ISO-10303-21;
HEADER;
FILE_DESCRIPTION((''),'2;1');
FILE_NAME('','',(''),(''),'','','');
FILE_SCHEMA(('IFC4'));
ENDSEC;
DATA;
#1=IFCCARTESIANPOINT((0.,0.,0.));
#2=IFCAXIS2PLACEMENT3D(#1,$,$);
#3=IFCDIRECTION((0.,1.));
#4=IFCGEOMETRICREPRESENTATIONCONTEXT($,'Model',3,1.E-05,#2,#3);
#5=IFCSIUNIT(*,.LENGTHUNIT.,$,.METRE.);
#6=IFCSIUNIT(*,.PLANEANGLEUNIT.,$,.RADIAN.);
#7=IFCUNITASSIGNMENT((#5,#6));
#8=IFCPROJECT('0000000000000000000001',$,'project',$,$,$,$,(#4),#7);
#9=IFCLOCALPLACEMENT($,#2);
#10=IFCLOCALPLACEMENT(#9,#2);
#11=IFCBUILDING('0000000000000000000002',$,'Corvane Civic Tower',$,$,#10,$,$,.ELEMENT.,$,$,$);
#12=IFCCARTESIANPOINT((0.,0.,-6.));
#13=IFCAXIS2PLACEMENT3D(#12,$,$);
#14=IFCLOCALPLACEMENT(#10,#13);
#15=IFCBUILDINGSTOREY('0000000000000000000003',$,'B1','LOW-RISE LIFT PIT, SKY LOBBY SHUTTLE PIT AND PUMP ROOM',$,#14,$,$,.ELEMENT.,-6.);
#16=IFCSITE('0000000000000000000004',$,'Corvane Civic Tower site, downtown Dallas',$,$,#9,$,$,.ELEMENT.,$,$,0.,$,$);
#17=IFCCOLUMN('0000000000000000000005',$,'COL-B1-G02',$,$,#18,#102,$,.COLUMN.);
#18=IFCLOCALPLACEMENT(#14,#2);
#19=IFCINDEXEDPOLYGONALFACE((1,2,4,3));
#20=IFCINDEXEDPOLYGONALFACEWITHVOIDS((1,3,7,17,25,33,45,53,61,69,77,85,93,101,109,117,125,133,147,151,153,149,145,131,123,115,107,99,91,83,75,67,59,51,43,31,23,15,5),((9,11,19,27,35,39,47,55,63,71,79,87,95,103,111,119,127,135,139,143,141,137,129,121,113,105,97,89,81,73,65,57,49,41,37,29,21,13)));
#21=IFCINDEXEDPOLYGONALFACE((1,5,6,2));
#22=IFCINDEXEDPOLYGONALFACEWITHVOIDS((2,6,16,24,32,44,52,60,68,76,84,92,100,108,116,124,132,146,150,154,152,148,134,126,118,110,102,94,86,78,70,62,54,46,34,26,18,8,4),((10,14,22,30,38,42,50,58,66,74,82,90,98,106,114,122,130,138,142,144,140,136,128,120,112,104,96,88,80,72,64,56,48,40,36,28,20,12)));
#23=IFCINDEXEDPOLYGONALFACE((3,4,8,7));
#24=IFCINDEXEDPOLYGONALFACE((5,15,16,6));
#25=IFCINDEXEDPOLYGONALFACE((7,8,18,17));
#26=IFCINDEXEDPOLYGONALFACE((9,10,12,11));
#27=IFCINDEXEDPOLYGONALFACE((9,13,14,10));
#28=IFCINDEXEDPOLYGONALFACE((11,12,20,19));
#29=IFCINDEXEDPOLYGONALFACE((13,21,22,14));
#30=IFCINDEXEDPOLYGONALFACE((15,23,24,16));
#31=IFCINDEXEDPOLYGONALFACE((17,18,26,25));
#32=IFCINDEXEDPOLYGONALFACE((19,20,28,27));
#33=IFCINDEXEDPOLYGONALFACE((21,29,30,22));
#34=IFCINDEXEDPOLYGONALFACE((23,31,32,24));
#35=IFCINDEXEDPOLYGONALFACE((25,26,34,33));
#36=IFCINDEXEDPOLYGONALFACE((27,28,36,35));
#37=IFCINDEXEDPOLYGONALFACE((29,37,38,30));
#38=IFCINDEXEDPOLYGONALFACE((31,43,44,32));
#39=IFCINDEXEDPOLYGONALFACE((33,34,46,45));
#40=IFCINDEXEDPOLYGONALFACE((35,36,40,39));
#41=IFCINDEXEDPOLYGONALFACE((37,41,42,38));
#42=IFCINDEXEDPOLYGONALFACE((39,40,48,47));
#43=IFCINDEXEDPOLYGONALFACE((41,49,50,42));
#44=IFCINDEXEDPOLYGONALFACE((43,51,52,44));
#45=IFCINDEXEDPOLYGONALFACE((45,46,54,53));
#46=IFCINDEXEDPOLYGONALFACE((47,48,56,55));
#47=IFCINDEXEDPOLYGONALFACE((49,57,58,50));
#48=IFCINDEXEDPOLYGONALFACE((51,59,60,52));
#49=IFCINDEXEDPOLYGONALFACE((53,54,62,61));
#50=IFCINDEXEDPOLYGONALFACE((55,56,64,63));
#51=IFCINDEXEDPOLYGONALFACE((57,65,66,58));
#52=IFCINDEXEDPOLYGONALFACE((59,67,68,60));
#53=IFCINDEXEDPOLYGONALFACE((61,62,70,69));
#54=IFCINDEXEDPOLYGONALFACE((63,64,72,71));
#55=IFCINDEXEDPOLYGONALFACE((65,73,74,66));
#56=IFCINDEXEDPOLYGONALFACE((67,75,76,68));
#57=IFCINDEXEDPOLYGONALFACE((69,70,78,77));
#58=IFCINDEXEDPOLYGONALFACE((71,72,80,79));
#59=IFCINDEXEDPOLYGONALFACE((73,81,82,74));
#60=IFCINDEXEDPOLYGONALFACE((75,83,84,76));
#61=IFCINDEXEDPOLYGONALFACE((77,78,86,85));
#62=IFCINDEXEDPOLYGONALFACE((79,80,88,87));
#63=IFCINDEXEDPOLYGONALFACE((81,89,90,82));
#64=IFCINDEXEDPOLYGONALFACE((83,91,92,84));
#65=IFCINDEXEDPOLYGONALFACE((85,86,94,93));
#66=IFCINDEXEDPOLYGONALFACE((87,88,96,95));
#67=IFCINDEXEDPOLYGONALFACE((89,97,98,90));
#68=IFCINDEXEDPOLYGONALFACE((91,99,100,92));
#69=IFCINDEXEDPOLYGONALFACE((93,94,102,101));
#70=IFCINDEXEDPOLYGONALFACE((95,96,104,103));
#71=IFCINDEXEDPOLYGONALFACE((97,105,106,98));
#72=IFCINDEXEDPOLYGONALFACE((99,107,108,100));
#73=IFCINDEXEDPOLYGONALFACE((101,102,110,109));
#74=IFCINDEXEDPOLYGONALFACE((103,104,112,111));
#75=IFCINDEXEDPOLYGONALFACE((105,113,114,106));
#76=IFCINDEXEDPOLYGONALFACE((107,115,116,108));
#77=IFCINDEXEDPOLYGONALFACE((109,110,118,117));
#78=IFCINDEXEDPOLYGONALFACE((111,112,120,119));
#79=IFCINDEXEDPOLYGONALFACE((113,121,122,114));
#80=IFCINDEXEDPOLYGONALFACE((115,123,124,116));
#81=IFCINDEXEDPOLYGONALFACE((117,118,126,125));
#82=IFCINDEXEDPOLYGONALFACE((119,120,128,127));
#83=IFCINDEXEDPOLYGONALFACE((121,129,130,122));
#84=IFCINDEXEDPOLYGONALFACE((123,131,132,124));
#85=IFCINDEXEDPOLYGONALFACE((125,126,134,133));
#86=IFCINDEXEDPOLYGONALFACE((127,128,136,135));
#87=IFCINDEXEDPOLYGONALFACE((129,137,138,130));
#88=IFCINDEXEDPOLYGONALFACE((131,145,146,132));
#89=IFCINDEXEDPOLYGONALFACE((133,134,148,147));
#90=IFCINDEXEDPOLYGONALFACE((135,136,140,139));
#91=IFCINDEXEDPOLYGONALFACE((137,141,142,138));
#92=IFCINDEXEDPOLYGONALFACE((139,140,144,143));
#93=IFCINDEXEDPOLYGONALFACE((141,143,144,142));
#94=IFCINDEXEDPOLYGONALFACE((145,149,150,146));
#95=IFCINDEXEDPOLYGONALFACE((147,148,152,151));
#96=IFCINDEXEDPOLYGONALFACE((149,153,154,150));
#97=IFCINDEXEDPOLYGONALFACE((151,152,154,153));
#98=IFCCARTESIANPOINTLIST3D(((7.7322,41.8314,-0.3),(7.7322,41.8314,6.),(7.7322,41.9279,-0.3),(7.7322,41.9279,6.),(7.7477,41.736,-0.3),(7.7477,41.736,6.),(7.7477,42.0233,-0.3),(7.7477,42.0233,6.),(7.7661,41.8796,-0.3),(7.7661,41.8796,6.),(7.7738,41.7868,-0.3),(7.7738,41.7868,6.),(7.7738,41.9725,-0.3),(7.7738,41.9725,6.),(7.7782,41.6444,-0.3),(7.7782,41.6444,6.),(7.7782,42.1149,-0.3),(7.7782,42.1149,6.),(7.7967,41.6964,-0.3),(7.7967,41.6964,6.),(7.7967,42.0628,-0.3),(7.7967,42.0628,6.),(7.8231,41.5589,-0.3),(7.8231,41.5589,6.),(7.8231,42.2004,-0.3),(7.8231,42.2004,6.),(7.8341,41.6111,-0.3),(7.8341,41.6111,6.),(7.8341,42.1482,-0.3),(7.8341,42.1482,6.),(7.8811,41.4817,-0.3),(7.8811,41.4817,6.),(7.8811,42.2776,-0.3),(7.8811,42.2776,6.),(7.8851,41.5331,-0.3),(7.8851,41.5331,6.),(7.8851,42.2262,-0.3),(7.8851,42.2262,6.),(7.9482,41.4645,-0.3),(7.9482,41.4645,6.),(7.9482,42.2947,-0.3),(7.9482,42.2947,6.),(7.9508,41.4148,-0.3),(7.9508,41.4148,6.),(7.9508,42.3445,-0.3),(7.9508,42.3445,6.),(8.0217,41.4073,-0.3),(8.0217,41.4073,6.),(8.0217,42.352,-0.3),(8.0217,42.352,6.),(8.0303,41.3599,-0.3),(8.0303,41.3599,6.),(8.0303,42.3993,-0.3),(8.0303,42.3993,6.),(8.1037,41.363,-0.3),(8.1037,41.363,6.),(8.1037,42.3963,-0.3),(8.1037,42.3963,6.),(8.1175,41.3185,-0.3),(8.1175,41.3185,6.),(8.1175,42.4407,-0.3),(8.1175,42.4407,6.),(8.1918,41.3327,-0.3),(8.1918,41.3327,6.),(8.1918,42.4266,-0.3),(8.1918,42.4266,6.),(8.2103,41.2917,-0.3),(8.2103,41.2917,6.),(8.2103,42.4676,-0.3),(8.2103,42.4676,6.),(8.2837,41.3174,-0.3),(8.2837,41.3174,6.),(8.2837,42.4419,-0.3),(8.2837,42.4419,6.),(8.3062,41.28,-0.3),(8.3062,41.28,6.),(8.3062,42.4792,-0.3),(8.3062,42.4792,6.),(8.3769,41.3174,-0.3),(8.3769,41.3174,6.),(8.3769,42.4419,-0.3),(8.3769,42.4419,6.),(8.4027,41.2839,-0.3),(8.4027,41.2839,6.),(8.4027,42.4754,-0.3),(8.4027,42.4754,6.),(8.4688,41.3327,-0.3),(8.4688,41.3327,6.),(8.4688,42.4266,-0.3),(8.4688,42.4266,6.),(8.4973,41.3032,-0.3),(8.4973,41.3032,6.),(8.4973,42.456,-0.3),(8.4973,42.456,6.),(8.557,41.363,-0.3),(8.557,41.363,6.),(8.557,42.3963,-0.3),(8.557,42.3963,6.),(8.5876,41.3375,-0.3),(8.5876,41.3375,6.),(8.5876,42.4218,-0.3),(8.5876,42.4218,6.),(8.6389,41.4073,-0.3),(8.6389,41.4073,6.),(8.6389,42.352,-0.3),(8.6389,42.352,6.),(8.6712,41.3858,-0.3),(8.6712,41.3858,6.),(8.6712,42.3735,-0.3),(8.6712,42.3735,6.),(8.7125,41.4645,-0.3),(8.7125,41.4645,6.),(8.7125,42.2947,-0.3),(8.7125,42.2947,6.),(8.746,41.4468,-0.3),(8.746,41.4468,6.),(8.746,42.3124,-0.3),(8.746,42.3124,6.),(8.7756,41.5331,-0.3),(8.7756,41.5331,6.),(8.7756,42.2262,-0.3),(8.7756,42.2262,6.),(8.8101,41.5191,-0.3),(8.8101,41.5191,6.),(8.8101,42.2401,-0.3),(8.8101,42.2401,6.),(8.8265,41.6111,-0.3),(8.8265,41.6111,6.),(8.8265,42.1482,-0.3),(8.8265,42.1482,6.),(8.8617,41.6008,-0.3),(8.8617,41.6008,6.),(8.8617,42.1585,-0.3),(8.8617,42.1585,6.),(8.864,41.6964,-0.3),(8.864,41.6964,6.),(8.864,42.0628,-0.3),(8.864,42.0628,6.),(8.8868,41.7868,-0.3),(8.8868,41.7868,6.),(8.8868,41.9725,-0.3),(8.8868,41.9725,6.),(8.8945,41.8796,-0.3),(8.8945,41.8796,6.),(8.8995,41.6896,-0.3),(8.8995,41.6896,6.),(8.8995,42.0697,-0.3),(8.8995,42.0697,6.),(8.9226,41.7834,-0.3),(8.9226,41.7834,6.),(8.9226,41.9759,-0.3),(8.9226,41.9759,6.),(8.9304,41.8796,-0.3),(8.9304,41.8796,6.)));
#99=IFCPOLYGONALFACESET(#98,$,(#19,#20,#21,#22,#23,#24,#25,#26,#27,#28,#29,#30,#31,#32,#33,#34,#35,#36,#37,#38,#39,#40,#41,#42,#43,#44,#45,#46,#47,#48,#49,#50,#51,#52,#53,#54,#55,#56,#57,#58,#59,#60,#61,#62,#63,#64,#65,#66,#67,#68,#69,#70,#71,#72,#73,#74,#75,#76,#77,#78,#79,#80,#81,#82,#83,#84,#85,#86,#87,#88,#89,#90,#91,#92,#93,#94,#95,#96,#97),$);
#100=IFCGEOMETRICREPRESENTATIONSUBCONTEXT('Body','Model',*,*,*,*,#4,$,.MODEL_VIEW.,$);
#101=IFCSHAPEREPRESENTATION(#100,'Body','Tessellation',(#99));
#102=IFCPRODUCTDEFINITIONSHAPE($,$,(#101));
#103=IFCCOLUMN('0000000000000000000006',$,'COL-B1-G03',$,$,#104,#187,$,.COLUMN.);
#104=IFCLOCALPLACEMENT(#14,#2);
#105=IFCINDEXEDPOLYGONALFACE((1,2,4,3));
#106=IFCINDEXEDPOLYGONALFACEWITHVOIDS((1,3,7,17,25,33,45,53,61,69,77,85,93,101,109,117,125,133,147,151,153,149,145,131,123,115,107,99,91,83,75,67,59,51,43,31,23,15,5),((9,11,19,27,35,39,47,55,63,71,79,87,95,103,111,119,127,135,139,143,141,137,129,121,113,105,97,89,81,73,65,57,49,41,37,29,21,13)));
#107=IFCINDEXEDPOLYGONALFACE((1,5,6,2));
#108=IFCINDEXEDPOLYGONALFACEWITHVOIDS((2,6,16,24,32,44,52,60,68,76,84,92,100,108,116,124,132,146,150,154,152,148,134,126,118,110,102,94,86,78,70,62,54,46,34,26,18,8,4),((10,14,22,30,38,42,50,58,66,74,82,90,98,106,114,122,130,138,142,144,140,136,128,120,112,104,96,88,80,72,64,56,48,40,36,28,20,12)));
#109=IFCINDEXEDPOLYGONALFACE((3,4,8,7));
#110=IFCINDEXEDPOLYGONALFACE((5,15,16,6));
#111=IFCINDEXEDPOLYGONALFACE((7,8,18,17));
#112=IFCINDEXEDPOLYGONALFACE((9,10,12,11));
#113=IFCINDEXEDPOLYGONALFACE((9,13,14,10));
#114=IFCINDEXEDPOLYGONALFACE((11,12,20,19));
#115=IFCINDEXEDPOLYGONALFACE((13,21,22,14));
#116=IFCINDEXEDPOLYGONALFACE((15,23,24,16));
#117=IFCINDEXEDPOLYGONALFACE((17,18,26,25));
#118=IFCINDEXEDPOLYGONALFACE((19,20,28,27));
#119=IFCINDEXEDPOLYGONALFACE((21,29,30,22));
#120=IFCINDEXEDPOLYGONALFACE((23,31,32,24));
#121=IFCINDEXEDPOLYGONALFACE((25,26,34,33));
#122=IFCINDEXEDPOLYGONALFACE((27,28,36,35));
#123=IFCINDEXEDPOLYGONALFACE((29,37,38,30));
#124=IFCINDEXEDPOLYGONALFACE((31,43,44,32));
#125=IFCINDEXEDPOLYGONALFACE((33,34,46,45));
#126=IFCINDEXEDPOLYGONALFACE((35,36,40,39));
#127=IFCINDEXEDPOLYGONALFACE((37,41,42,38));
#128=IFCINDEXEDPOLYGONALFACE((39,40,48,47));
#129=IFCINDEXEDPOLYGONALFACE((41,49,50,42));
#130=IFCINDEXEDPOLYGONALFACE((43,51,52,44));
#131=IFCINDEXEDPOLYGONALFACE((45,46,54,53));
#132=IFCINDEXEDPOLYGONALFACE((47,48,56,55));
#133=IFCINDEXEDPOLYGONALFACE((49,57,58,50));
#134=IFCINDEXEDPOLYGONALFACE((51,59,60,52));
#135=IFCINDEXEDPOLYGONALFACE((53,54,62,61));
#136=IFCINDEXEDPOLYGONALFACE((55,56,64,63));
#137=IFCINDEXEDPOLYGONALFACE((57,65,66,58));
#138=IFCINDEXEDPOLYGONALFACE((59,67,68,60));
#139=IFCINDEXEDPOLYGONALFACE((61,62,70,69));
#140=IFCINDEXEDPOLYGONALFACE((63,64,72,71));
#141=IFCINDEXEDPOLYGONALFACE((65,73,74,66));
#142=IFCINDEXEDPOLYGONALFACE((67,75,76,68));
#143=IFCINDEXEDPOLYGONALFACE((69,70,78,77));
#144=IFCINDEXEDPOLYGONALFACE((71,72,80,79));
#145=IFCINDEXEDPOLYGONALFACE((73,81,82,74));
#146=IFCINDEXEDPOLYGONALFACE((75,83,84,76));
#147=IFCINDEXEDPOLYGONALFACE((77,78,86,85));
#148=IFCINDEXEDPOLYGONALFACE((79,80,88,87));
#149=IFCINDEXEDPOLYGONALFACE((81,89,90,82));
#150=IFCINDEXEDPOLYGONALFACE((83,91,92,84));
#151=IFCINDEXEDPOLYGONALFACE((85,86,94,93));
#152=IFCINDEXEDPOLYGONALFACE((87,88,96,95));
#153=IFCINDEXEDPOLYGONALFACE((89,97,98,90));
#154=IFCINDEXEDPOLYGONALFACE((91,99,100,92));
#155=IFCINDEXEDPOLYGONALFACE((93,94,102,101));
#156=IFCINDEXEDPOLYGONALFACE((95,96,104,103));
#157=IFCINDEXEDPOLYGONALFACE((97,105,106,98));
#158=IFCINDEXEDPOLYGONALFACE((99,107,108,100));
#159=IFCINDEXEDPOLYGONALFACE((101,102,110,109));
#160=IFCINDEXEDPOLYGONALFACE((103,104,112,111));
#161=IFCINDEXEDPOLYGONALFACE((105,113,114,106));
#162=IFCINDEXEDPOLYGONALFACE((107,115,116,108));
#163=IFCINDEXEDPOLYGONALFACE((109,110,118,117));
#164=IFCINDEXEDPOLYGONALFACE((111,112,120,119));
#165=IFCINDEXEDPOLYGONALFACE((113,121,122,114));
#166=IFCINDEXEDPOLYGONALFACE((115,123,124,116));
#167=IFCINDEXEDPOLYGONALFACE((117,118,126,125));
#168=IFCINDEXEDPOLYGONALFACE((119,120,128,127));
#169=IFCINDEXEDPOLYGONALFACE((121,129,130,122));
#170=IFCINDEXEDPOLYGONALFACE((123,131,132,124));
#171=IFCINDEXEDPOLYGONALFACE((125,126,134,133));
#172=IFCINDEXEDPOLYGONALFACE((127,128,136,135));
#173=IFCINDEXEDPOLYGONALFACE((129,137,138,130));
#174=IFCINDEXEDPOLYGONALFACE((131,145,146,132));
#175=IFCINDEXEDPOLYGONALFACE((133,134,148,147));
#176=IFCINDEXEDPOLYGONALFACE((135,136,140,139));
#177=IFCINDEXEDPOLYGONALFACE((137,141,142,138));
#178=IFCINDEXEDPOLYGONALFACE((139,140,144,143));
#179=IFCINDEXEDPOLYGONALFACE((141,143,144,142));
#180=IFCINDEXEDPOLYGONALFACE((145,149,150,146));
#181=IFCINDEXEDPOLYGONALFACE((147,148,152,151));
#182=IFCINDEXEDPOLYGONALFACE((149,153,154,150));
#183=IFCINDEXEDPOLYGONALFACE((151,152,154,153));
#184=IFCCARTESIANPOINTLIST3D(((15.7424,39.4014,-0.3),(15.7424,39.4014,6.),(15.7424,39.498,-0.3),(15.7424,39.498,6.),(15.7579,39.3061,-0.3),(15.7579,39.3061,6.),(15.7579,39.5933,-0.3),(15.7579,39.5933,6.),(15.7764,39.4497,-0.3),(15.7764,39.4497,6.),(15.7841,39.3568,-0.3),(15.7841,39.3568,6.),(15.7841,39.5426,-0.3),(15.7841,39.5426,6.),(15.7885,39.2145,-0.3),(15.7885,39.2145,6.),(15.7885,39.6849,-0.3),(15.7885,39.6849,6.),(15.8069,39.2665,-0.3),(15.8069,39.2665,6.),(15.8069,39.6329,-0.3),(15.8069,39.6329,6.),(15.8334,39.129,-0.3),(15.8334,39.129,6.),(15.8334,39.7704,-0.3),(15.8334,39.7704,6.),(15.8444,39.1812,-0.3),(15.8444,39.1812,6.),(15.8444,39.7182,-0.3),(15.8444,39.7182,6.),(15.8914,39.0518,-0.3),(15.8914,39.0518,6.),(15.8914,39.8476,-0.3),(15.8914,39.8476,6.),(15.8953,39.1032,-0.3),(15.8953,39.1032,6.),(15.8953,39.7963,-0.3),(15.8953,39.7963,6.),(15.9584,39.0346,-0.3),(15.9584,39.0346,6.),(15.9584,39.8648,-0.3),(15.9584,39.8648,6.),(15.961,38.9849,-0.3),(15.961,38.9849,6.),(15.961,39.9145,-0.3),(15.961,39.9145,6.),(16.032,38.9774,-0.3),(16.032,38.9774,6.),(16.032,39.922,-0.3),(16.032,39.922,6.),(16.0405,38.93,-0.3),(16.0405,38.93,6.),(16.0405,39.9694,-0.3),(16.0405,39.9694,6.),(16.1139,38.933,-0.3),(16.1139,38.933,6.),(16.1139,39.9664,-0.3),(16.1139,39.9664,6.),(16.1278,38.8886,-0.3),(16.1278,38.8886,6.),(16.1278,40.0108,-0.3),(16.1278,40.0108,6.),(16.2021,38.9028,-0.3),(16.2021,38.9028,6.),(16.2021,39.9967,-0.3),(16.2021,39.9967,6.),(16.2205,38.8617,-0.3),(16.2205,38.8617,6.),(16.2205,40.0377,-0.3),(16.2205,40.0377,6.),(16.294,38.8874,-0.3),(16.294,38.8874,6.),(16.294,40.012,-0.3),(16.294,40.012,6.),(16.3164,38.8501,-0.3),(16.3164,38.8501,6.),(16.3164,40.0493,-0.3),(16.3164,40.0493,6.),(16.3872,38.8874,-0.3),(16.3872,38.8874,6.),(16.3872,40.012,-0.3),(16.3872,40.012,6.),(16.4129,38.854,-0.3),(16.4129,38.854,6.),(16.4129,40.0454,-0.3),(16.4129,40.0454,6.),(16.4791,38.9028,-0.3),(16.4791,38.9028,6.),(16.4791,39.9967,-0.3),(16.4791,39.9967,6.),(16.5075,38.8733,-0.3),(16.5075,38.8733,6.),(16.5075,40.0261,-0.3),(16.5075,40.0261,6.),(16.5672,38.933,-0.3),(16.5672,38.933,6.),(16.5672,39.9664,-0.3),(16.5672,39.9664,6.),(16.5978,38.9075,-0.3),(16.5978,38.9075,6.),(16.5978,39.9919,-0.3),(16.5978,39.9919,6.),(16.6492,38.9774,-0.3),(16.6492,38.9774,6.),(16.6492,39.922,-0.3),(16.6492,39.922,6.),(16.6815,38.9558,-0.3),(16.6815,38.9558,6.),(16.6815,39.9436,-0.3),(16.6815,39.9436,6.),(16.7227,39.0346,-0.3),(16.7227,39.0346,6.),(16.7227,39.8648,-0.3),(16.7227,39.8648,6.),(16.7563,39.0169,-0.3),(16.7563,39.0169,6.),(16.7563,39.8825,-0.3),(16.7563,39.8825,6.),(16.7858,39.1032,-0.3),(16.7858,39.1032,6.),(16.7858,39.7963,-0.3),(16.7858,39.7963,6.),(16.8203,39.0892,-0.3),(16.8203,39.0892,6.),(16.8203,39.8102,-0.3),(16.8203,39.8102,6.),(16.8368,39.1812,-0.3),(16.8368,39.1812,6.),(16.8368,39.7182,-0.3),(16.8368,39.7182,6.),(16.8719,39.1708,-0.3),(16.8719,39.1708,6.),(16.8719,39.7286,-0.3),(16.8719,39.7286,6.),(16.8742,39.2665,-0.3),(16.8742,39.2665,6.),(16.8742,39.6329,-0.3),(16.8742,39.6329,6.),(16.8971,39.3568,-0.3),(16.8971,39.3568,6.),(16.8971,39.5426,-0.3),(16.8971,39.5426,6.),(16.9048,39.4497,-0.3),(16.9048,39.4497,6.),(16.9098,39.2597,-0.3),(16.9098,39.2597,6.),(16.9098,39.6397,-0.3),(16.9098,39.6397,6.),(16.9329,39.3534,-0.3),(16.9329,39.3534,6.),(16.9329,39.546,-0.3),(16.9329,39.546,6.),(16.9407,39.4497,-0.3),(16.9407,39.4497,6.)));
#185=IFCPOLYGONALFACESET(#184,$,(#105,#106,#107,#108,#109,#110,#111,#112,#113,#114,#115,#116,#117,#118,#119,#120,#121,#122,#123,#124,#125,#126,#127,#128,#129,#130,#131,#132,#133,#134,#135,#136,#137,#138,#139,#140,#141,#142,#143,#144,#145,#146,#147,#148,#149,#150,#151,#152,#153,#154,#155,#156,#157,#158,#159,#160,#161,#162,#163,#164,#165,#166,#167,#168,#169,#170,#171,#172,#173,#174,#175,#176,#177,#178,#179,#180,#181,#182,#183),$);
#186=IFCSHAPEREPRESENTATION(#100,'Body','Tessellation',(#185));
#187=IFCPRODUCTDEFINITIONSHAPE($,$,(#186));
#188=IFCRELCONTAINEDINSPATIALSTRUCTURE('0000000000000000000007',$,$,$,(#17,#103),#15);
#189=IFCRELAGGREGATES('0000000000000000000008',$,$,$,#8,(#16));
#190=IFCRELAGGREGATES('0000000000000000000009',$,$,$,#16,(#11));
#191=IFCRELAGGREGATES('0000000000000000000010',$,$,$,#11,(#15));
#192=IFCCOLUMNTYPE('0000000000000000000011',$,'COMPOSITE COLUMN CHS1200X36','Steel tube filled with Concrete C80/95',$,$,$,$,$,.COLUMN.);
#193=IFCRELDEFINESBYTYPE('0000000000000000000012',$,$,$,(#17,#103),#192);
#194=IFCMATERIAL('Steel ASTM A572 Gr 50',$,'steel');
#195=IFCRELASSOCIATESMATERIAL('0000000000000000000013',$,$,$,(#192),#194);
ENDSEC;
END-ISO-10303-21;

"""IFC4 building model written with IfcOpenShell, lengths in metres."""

from ifc_helpers import new_model, si_unit, direction, frame, origin, origin_2d, place, context, subcontext, project, spatial, hollow_circle, extrude, material, material_profile, profile_set, type_object, element, save


model = new_model("IFC4")

# Units and contexts
model_context = context("Model", 3, precision=1e-05, world=origin(), true_north=direction((0.0, 1.0)))
body_context = subcontext(model_context, "Body", "Model", "MODEL_VIEW")
ifc_project = project(units=[si_unit("LENGTHUNIT", "METRE"), si_unit("PLANEANGLEUNIT", "RADIAN")], contexts=[model_context])

# Site, building, storey
site_placement = place(None, origin())
site = spatial("IfcSite", under=ifc_project, at=site_placement, Name="Corvane Civic Tower site, downtown Dallas", CompositionType="ELEMENT", RefElevation=0.0)
building_placement = place(site_placement, origin())
building = spatial("IfcBuilding", under=site, at=building_placement, Name="Corvane Civic Tower", CompositionType="ELEMENT")
storey_placement = place(building_placement, frame((0.0, 0.0, -6.0)))
storey = spatial("IfcBuildingStorey", under=building, at=storey_placement, Name="B1", Description="LOW-RISE LIFT PIT, SKY LOBBY SHUTTLE PIT AND PUMP ROOM", CompositionType="ELEMENT", Elevation=-6.0)

# Columns
ifc_material_1 = material(Name="Steel ASTM A572 Gr 50", Category="steel")
ifc_material_profile_1 = material_profile(ifc_material_1, hollow_circle(Radius=0.6001, WallThickness=0.0359, at=origin_2d()), Name="CHS1200X36")
ifc_profile_set_1 = profile_set([ifc_material_profile_1], Name="Steel ASTM A572 Gr 50")
column_type_1 = type_object("IfcColumnType", Name="COMPOSITE COLUMN CHS1200X36", Description="Steel tube filled with Concrete C80/95", PredefinedType="COLUMN", material=ifc_profile_set_1)
for number, where, z_axis, x_axis, name in (
    (1, (8.3303, 41.8796, -0.3), (0.0, 0.0, 1.0), (1.0, 0.0, 0.0), "COL-B1-G02"),
    (2, (16.3406, 39.4497, -0.3), (0.0, 0.0, 1.0), (1.0, 0.0, 0.0), "COL-B1-G03"),
):
    element("IfcColumn", number, at=place(storey_placement, frame(where, z_axis=z_axis, x_axis=x_axis)), inside=storey, type_object=column_type_1, Name=name, PredefinedType="COLUMN", context=body_context, shape_type="SweptSolid", body=[
        extrude(hollow_circle(Radius=0.6001, WallThickness=0.0359, at=origin_2d()), origin(), (0.0, 0.0, 1.0), 6.3),
    ])

save(model, "model.ifc")
